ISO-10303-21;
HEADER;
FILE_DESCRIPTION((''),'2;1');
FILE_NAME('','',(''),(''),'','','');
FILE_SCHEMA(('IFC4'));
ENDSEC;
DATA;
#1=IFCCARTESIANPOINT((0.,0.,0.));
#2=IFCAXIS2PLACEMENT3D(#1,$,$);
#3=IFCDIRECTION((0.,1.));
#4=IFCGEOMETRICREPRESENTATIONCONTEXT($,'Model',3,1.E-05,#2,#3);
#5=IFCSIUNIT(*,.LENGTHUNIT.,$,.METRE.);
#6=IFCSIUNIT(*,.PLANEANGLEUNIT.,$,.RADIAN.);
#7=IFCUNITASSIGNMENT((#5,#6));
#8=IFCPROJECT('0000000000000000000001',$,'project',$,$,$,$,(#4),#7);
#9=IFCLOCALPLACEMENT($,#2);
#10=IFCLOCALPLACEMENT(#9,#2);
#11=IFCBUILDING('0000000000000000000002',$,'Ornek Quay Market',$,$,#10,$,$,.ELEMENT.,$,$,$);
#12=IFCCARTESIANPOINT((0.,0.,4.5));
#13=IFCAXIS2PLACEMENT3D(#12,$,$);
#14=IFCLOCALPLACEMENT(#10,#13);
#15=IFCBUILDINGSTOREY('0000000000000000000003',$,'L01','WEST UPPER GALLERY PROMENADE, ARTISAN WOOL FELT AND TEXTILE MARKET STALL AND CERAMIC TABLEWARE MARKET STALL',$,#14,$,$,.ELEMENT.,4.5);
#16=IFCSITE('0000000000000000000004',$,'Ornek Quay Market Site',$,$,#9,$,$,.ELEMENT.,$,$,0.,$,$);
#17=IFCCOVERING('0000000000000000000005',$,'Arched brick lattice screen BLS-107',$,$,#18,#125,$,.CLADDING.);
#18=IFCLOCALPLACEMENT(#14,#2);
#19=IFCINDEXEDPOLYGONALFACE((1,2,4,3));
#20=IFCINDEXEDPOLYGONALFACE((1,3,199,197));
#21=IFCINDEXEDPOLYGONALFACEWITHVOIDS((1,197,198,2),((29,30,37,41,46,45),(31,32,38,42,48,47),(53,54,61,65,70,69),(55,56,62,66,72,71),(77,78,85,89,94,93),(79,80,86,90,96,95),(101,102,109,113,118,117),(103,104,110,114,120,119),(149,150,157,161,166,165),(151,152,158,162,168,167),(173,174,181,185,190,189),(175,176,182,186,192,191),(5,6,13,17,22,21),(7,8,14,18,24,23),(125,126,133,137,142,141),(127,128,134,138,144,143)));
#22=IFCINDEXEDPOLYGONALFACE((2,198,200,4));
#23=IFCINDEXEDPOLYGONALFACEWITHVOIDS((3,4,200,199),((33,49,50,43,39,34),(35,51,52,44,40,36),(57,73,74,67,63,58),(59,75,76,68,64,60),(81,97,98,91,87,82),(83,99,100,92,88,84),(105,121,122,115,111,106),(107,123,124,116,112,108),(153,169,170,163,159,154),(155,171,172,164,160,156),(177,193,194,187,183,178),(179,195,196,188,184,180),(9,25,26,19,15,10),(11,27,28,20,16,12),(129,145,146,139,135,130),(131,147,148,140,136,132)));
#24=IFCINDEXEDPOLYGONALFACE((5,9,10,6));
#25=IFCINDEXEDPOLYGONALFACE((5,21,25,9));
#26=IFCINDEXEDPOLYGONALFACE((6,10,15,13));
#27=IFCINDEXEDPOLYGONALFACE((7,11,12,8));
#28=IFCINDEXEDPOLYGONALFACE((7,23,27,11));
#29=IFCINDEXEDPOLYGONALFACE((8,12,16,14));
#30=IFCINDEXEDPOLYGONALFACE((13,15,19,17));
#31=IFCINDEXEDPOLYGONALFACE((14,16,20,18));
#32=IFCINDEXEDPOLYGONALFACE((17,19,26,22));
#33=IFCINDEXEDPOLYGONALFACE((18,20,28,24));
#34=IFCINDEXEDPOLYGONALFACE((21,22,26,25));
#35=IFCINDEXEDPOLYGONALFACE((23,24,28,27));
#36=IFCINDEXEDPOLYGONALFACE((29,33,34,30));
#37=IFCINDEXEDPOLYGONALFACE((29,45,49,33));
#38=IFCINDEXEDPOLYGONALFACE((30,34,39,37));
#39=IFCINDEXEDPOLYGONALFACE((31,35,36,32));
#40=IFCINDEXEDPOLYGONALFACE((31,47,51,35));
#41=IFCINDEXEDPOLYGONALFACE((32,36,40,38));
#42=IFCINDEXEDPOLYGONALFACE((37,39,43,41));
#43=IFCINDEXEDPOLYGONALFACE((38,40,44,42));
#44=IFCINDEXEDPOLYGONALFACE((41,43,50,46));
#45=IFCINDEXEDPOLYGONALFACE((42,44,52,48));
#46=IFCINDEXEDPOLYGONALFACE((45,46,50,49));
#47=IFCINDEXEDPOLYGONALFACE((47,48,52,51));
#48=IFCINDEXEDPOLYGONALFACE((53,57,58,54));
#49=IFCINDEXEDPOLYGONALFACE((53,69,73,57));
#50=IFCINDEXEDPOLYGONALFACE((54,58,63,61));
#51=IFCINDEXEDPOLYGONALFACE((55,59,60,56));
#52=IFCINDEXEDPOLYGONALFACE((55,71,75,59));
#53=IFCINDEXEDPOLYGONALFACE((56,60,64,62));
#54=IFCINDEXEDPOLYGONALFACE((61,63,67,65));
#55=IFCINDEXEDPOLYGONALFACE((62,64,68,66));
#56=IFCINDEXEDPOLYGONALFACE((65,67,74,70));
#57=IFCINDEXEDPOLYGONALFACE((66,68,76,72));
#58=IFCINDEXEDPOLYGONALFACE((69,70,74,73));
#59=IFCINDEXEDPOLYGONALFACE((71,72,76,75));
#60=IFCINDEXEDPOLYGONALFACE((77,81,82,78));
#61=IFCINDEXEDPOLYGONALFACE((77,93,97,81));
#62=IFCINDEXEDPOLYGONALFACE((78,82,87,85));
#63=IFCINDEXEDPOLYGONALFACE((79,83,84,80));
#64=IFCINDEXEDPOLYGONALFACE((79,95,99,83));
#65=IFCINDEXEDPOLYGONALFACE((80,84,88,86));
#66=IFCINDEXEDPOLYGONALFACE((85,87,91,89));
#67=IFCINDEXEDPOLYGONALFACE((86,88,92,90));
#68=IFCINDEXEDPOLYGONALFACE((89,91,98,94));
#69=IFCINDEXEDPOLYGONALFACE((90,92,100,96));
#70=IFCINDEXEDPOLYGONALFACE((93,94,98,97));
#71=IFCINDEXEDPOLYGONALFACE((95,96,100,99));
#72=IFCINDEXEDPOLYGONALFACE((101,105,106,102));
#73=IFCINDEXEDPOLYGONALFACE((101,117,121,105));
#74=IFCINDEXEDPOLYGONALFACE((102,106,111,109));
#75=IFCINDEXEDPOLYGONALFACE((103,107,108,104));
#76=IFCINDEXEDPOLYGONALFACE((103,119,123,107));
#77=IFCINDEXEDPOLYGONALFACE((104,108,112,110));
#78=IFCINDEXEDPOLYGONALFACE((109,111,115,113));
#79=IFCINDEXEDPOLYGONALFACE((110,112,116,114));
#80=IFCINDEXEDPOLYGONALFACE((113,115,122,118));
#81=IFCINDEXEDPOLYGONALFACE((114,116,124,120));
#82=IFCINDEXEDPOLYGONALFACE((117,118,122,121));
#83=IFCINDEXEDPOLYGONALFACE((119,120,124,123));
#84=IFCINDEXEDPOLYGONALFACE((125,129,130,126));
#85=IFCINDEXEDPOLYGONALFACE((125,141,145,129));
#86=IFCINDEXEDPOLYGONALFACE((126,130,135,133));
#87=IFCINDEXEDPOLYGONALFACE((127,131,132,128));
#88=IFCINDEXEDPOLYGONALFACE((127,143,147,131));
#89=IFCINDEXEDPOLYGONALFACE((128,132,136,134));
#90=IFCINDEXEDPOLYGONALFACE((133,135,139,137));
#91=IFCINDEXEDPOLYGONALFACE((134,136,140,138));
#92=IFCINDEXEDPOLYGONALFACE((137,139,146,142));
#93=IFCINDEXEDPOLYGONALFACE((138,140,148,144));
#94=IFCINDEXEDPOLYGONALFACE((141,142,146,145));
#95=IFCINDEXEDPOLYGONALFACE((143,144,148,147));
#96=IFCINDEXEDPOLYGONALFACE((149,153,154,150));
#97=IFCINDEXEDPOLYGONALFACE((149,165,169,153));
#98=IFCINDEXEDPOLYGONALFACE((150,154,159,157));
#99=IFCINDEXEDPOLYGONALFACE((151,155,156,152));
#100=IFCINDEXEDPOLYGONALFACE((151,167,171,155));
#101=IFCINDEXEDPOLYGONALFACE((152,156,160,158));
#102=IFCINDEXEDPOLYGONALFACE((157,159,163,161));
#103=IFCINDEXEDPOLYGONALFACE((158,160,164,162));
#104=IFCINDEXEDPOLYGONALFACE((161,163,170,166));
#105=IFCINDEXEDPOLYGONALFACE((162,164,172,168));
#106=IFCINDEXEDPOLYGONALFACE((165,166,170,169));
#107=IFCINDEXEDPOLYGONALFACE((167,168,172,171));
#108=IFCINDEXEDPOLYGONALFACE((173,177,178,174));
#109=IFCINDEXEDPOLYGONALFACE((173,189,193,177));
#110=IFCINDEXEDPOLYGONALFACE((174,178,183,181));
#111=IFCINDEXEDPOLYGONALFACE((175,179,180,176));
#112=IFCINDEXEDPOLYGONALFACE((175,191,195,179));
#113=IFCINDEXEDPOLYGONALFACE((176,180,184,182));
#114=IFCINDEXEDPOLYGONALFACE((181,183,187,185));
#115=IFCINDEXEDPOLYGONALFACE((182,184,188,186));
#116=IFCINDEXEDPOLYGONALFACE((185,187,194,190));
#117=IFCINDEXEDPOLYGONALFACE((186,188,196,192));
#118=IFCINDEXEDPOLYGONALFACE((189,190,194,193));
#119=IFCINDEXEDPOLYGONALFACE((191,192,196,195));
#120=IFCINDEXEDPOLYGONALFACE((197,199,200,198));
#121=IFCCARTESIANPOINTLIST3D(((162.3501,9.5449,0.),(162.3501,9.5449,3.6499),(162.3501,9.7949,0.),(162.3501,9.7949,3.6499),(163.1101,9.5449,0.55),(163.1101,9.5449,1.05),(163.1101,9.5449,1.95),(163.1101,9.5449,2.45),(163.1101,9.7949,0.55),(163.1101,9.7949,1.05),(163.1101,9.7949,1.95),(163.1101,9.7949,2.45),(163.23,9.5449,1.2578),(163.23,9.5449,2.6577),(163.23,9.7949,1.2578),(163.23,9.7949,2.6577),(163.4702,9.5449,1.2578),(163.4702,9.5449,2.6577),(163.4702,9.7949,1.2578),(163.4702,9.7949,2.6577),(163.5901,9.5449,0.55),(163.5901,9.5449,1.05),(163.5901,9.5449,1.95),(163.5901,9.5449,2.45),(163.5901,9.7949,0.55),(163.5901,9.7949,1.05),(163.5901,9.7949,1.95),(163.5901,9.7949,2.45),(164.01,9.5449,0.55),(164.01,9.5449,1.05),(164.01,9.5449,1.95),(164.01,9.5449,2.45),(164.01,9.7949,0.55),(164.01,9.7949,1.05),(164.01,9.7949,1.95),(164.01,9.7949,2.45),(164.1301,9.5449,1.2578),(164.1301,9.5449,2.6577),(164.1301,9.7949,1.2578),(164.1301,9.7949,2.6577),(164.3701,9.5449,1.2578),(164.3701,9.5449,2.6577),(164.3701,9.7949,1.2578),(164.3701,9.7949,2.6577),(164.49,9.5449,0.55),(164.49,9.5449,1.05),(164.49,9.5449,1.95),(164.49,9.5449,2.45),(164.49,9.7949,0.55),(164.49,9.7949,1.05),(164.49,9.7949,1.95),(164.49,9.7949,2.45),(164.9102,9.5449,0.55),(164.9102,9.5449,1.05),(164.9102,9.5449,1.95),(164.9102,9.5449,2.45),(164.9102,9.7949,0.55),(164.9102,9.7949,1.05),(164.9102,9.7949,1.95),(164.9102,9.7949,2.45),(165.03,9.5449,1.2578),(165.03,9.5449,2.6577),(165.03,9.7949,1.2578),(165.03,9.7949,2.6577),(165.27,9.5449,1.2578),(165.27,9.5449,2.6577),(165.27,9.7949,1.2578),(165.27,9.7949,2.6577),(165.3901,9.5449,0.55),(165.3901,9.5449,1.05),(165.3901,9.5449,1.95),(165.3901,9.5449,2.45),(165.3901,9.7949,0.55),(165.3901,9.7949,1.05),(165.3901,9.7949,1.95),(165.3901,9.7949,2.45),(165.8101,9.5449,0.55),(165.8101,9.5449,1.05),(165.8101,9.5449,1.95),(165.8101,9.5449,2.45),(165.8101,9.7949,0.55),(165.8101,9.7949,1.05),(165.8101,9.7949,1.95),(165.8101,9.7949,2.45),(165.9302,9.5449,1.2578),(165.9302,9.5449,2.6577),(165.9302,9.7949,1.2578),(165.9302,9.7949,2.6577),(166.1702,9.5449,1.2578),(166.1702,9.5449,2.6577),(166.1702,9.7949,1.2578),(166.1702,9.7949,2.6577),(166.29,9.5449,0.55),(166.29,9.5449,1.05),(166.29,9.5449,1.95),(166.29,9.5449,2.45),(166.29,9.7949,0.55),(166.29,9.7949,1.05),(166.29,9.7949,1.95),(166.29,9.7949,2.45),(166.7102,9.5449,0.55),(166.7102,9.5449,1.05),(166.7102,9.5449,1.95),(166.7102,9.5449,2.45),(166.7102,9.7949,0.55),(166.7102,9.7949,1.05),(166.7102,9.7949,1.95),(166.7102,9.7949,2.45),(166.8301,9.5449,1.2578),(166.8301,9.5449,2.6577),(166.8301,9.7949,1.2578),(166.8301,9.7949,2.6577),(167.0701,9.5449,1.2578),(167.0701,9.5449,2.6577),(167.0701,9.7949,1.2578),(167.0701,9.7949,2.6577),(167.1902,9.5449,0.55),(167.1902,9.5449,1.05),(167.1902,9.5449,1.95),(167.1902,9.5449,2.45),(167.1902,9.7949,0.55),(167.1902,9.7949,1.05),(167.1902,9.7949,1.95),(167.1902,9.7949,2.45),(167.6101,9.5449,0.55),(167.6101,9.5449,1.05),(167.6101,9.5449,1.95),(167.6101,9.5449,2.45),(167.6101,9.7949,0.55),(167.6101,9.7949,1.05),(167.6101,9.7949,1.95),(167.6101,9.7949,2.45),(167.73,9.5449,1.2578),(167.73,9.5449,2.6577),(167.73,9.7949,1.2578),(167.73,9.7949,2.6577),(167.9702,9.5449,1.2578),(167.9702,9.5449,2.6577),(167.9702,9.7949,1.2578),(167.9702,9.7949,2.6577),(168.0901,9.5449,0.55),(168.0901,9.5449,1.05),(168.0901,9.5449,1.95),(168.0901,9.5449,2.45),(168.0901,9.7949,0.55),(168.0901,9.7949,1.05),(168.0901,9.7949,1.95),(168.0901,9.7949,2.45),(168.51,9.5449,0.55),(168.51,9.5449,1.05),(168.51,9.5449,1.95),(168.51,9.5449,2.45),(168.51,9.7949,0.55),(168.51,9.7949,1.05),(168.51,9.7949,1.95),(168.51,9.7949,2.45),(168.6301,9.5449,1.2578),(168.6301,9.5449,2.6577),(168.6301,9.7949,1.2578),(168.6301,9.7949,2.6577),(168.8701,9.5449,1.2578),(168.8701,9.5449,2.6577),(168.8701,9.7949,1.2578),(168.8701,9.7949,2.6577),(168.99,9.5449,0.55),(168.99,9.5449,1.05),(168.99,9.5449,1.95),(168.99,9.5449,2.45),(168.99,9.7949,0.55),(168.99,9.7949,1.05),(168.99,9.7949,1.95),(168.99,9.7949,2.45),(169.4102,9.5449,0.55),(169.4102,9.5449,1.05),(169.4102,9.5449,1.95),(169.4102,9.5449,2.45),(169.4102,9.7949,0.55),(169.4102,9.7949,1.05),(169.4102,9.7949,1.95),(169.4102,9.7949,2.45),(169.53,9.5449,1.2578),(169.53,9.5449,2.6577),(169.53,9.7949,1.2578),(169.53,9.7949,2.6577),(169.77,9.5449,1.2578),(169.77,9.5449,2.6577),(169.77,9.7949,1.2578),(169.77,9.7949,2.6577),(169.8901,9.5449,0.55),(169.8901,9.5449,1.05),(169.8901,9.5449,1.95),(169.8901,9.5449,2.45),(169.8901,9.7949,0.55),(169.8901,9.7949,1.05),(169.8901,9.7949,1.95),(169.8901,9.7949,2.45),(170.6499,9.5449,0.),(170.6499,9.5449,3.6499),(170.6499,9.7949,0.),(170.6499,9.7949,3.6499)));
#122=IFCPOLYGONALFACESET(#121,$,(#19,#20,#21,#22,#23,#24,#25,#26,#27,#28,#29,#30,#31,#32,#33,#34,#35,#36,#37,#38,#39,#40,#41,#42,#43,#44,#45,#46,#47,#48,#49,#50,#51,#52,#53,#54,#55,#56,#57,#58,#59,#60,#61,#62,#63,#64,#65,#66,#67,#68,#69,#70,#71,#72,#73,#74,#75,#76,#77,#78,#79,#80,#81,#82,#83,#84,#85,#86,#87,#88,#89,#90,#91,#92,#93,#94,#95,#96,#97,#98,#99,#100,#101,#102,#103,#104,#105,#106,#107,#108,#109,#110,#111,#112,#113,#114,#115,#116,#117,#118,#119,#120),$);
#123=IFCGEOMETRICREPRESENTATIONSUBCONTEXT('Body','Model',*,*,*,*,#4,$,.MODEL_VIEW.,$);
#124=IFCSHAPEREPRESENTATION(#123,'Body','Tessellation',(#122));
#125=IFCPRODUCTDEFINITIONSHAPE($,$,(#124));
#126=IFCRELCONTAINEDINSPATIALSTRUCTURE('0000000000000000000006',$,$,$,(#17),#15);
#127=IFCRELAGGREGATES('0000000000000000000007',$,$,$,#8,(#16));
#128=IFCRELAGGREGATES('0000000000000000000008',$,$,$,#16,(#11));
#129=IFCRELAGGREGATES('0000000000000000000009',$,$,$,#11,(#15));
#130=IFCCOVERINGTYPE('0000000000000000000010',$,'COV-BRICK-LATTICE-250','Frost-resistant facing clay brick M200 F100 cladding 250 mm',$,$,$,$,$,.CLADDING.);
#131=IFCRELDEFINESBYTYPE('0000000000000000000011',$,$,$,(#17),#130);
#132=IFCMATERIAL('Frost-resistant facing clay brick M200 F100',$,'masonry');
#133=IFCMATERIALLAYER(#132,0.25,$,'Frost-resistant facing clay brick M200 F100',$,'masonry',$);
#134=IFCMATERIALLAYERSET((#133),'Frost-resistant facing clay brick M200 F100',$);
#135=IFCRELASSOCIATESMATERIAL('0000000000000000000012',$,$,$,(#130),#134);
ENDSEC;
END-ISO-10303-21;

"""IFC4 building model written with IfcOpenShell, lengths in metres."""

from ifc_helpers import new_model, si_unit, direction, frame, origin, place, context, subcontext, project, spatial, polyline, outline, extrude, material, layer, layer_set, type_object, element, save


model = new_model("IFC4")

# Units and contexts
model_context = context("Model", 3, precision=1e-05, world=origin(), true_north=direction((0.0, 1.0)))
body_context = subcontext(model_context, "Body", "Model", "MODEL_VIEW")
ifc_project = project(units=[si_unit("LENGTHUNIT", "METRE"), si_unit("PLANEANGLEUNIT", "RADIAN")], contexts=[model_context])

# Site, building, storey
site_placement = place(None, origin())
site = spatial("IfcSite", under=ifc_project, at=site_placement, Name="Ornek Quay Market Site", CompositionType="ELEMENT", RefElevation=0.0)
building_placement = place(site_placement, origin())
building = spatial("IfcBuilding", under=site, at=building_placement, Name="Ornek Quay Market", CompositionType="ELEMENT")
storey_placement = place(building_placement, frame((0.0, 0.0, 4.5)))
storey = spatial("IfcBuildingStorey", under=building, at=storey_placement, Name="L01", Description="WEST UPPER GALLERY PROMENADE, ARTISAN WOOL FELT AND TEXTILE MARKET STALL AND CERAMIC TABLEWARE MARKET STALL", CompositionType="ELEMENT", Elevation=4.5)

# Shared definitions
ifc_material_1 = material(Name="Frost-resistant facing clay brick M200 F100", Category="masonry")

# Covering
ifc_layer_1 = layer(ifc_material_1, 0.25, Name="Frost-resistant facing clay brick M200 F100", Category="masonry")
ifc_layer_set_1 = layer_set([ifc_layer_1], Name="Frost-resistant facing clay brick M200 F100")
covering_type = type_object("IfcCoveringType", Name="COV-BRICK-LATTICE-250", Description="Frost-resistant facing clay brick M200 F100 cladding 250 mm", PredefinedType="CLADDING", material=ifc_layer_set_1)
covering_placement = place(storey_placement, frame((162.3501, 9.6699, 0.0), z_axis=(0.0, 0.0, 1.0), x_axis=(1.0, 0.0, 0.0)))
element("IfcCovering", 1, at=covering_placement, inside=storey, type_object=covering_type, Name="Arched brick lattice screen BLS-107", PredefinedType="CLADDING", context=body_context, shape_type="SweptSolid", body=[
    extrude(outline(polyline([(0.0, 0.0), (8.2998, 0.0), (8.2998, 3.6499), (0.0, 3.6499), (0.0, 0.0)]), holes=[polyline([(0.76, 0.55), (1.24, 0.55), (1.24, 1.05), (1.1201, 1.2578), (0.8799, 1.2578), (0.76, 1.05), (0.76, 0.55)]), polyline([(0.76, 1.95), (1.24, 1.95), (1.24, 2.45), (1.1201, 2.6577), (0.8799, 2.6577), (0.76, 2.45), (0.76, 1.95)]), polyline([(1.6599, 0.55), (2.1399, 0.55), (2.1399, 1.05), (2.02, 1.2578), (1.78, 1.2578), (1.6599, 1.05), (1.6599, 0.55)]), polyline([(1.6599, 1.95), (2.1399, 1.95), (2.1399, 2.45), (2.02, 2.6577), (1.78, 2.6577), (1.6599, 2.45), (1.6599, 1.95)]), polyline([(2.5601, 0.55), (3.04, 0.55), (3.04, 1.05), (2.9199, 1.2578), (2.6799, 1.2578), (2.5601, 1.05), (2.5601, 0.55)]), polyline([(2.5601, 1.95), (3.04, 1.95), (3.04, 2.45), (2.9199, 2.6577), (2.6799, 2.6577), (2.5601, 2.45), (2.5601, 1.95)]), polyline([(3.46, 0.55), (3.9399, 0.55), (3.9399, 1.05), (3.8201, 1.2578), (3.5801, 1.2578), (3.46, 1.05), (3.46, 0.55)]), polyline([(3.46, 1.95), (3.9399, 1.95), (3.9399, 2.45), (3.8201, 2.6577), (3.5801, 2.6577), (3.46, 2.45), (3.46, 1.95)]), polyline([(4.3601, 0.55), (4.8401, 0.55), (4.8401, 1.05), (4.72, 1.2578), (4.48, 1.2578), (4.3601, 1.05), (4.3601, 0.55)]), polyline([(4.3601, 1.95), (4.8401, 1.95), (4.8401, 2.45), (4.72, 2.6577), (4.48, 2.6577), (4.3601, 2.45), (4.3601, 1.95)]), polyline([(5.26, 0.55), (5.74, 0.55), (5.74, 1.05), (5.6201, 1.2578), (5.3799, 1.2578), (5.26, 1.05), (5.26, 0.55)]), polyline([(5.26, 1.95), (5.74, 1.95), (5.74, 2.45), (5.6201, 2.6577), (5.3799, 2.6577), (5.26, 2.45), (5.26, 1.95)]), polyline([(6.1599, 0.55), (6.6399, 0.55), (6.6399, 1.05), (6.52, 1.2578), (6.28, 1.2578), (6.1599, 1.05), (6.1599, 0.55)]), polyline([(6.1599, 1.95), (6.6399, 1.95), (6.6399, 2.45), (6.52, 2.6577), (6.28, 2.6577), (6.1599, 2.45), (6.1599, 1.95)]), polyline([(7.0601, 0.55), (7.54, 0.55), (7.54, 1.05), (7.4199, 1.2578), (7.1799, 1.2578), (7.0601, 1.05), (7.0601, 0.55)]), polyline([(7.0601, 1.95), (7.54, 1.95), (7.54, 2.45), (7.4199, 2.6577), (7.1799, 2.6577), (7.0601, 2.45), (7.0601, 1.95)])]), frame((0.0, 0.125, 0.0), z_axis=(0.0, -1.0, 0.0), x_axis=(1.0, 0.0, 0.0)), (0.0, 0.0, 1.0), 0.25),
])

save(model, "model.ifc")
